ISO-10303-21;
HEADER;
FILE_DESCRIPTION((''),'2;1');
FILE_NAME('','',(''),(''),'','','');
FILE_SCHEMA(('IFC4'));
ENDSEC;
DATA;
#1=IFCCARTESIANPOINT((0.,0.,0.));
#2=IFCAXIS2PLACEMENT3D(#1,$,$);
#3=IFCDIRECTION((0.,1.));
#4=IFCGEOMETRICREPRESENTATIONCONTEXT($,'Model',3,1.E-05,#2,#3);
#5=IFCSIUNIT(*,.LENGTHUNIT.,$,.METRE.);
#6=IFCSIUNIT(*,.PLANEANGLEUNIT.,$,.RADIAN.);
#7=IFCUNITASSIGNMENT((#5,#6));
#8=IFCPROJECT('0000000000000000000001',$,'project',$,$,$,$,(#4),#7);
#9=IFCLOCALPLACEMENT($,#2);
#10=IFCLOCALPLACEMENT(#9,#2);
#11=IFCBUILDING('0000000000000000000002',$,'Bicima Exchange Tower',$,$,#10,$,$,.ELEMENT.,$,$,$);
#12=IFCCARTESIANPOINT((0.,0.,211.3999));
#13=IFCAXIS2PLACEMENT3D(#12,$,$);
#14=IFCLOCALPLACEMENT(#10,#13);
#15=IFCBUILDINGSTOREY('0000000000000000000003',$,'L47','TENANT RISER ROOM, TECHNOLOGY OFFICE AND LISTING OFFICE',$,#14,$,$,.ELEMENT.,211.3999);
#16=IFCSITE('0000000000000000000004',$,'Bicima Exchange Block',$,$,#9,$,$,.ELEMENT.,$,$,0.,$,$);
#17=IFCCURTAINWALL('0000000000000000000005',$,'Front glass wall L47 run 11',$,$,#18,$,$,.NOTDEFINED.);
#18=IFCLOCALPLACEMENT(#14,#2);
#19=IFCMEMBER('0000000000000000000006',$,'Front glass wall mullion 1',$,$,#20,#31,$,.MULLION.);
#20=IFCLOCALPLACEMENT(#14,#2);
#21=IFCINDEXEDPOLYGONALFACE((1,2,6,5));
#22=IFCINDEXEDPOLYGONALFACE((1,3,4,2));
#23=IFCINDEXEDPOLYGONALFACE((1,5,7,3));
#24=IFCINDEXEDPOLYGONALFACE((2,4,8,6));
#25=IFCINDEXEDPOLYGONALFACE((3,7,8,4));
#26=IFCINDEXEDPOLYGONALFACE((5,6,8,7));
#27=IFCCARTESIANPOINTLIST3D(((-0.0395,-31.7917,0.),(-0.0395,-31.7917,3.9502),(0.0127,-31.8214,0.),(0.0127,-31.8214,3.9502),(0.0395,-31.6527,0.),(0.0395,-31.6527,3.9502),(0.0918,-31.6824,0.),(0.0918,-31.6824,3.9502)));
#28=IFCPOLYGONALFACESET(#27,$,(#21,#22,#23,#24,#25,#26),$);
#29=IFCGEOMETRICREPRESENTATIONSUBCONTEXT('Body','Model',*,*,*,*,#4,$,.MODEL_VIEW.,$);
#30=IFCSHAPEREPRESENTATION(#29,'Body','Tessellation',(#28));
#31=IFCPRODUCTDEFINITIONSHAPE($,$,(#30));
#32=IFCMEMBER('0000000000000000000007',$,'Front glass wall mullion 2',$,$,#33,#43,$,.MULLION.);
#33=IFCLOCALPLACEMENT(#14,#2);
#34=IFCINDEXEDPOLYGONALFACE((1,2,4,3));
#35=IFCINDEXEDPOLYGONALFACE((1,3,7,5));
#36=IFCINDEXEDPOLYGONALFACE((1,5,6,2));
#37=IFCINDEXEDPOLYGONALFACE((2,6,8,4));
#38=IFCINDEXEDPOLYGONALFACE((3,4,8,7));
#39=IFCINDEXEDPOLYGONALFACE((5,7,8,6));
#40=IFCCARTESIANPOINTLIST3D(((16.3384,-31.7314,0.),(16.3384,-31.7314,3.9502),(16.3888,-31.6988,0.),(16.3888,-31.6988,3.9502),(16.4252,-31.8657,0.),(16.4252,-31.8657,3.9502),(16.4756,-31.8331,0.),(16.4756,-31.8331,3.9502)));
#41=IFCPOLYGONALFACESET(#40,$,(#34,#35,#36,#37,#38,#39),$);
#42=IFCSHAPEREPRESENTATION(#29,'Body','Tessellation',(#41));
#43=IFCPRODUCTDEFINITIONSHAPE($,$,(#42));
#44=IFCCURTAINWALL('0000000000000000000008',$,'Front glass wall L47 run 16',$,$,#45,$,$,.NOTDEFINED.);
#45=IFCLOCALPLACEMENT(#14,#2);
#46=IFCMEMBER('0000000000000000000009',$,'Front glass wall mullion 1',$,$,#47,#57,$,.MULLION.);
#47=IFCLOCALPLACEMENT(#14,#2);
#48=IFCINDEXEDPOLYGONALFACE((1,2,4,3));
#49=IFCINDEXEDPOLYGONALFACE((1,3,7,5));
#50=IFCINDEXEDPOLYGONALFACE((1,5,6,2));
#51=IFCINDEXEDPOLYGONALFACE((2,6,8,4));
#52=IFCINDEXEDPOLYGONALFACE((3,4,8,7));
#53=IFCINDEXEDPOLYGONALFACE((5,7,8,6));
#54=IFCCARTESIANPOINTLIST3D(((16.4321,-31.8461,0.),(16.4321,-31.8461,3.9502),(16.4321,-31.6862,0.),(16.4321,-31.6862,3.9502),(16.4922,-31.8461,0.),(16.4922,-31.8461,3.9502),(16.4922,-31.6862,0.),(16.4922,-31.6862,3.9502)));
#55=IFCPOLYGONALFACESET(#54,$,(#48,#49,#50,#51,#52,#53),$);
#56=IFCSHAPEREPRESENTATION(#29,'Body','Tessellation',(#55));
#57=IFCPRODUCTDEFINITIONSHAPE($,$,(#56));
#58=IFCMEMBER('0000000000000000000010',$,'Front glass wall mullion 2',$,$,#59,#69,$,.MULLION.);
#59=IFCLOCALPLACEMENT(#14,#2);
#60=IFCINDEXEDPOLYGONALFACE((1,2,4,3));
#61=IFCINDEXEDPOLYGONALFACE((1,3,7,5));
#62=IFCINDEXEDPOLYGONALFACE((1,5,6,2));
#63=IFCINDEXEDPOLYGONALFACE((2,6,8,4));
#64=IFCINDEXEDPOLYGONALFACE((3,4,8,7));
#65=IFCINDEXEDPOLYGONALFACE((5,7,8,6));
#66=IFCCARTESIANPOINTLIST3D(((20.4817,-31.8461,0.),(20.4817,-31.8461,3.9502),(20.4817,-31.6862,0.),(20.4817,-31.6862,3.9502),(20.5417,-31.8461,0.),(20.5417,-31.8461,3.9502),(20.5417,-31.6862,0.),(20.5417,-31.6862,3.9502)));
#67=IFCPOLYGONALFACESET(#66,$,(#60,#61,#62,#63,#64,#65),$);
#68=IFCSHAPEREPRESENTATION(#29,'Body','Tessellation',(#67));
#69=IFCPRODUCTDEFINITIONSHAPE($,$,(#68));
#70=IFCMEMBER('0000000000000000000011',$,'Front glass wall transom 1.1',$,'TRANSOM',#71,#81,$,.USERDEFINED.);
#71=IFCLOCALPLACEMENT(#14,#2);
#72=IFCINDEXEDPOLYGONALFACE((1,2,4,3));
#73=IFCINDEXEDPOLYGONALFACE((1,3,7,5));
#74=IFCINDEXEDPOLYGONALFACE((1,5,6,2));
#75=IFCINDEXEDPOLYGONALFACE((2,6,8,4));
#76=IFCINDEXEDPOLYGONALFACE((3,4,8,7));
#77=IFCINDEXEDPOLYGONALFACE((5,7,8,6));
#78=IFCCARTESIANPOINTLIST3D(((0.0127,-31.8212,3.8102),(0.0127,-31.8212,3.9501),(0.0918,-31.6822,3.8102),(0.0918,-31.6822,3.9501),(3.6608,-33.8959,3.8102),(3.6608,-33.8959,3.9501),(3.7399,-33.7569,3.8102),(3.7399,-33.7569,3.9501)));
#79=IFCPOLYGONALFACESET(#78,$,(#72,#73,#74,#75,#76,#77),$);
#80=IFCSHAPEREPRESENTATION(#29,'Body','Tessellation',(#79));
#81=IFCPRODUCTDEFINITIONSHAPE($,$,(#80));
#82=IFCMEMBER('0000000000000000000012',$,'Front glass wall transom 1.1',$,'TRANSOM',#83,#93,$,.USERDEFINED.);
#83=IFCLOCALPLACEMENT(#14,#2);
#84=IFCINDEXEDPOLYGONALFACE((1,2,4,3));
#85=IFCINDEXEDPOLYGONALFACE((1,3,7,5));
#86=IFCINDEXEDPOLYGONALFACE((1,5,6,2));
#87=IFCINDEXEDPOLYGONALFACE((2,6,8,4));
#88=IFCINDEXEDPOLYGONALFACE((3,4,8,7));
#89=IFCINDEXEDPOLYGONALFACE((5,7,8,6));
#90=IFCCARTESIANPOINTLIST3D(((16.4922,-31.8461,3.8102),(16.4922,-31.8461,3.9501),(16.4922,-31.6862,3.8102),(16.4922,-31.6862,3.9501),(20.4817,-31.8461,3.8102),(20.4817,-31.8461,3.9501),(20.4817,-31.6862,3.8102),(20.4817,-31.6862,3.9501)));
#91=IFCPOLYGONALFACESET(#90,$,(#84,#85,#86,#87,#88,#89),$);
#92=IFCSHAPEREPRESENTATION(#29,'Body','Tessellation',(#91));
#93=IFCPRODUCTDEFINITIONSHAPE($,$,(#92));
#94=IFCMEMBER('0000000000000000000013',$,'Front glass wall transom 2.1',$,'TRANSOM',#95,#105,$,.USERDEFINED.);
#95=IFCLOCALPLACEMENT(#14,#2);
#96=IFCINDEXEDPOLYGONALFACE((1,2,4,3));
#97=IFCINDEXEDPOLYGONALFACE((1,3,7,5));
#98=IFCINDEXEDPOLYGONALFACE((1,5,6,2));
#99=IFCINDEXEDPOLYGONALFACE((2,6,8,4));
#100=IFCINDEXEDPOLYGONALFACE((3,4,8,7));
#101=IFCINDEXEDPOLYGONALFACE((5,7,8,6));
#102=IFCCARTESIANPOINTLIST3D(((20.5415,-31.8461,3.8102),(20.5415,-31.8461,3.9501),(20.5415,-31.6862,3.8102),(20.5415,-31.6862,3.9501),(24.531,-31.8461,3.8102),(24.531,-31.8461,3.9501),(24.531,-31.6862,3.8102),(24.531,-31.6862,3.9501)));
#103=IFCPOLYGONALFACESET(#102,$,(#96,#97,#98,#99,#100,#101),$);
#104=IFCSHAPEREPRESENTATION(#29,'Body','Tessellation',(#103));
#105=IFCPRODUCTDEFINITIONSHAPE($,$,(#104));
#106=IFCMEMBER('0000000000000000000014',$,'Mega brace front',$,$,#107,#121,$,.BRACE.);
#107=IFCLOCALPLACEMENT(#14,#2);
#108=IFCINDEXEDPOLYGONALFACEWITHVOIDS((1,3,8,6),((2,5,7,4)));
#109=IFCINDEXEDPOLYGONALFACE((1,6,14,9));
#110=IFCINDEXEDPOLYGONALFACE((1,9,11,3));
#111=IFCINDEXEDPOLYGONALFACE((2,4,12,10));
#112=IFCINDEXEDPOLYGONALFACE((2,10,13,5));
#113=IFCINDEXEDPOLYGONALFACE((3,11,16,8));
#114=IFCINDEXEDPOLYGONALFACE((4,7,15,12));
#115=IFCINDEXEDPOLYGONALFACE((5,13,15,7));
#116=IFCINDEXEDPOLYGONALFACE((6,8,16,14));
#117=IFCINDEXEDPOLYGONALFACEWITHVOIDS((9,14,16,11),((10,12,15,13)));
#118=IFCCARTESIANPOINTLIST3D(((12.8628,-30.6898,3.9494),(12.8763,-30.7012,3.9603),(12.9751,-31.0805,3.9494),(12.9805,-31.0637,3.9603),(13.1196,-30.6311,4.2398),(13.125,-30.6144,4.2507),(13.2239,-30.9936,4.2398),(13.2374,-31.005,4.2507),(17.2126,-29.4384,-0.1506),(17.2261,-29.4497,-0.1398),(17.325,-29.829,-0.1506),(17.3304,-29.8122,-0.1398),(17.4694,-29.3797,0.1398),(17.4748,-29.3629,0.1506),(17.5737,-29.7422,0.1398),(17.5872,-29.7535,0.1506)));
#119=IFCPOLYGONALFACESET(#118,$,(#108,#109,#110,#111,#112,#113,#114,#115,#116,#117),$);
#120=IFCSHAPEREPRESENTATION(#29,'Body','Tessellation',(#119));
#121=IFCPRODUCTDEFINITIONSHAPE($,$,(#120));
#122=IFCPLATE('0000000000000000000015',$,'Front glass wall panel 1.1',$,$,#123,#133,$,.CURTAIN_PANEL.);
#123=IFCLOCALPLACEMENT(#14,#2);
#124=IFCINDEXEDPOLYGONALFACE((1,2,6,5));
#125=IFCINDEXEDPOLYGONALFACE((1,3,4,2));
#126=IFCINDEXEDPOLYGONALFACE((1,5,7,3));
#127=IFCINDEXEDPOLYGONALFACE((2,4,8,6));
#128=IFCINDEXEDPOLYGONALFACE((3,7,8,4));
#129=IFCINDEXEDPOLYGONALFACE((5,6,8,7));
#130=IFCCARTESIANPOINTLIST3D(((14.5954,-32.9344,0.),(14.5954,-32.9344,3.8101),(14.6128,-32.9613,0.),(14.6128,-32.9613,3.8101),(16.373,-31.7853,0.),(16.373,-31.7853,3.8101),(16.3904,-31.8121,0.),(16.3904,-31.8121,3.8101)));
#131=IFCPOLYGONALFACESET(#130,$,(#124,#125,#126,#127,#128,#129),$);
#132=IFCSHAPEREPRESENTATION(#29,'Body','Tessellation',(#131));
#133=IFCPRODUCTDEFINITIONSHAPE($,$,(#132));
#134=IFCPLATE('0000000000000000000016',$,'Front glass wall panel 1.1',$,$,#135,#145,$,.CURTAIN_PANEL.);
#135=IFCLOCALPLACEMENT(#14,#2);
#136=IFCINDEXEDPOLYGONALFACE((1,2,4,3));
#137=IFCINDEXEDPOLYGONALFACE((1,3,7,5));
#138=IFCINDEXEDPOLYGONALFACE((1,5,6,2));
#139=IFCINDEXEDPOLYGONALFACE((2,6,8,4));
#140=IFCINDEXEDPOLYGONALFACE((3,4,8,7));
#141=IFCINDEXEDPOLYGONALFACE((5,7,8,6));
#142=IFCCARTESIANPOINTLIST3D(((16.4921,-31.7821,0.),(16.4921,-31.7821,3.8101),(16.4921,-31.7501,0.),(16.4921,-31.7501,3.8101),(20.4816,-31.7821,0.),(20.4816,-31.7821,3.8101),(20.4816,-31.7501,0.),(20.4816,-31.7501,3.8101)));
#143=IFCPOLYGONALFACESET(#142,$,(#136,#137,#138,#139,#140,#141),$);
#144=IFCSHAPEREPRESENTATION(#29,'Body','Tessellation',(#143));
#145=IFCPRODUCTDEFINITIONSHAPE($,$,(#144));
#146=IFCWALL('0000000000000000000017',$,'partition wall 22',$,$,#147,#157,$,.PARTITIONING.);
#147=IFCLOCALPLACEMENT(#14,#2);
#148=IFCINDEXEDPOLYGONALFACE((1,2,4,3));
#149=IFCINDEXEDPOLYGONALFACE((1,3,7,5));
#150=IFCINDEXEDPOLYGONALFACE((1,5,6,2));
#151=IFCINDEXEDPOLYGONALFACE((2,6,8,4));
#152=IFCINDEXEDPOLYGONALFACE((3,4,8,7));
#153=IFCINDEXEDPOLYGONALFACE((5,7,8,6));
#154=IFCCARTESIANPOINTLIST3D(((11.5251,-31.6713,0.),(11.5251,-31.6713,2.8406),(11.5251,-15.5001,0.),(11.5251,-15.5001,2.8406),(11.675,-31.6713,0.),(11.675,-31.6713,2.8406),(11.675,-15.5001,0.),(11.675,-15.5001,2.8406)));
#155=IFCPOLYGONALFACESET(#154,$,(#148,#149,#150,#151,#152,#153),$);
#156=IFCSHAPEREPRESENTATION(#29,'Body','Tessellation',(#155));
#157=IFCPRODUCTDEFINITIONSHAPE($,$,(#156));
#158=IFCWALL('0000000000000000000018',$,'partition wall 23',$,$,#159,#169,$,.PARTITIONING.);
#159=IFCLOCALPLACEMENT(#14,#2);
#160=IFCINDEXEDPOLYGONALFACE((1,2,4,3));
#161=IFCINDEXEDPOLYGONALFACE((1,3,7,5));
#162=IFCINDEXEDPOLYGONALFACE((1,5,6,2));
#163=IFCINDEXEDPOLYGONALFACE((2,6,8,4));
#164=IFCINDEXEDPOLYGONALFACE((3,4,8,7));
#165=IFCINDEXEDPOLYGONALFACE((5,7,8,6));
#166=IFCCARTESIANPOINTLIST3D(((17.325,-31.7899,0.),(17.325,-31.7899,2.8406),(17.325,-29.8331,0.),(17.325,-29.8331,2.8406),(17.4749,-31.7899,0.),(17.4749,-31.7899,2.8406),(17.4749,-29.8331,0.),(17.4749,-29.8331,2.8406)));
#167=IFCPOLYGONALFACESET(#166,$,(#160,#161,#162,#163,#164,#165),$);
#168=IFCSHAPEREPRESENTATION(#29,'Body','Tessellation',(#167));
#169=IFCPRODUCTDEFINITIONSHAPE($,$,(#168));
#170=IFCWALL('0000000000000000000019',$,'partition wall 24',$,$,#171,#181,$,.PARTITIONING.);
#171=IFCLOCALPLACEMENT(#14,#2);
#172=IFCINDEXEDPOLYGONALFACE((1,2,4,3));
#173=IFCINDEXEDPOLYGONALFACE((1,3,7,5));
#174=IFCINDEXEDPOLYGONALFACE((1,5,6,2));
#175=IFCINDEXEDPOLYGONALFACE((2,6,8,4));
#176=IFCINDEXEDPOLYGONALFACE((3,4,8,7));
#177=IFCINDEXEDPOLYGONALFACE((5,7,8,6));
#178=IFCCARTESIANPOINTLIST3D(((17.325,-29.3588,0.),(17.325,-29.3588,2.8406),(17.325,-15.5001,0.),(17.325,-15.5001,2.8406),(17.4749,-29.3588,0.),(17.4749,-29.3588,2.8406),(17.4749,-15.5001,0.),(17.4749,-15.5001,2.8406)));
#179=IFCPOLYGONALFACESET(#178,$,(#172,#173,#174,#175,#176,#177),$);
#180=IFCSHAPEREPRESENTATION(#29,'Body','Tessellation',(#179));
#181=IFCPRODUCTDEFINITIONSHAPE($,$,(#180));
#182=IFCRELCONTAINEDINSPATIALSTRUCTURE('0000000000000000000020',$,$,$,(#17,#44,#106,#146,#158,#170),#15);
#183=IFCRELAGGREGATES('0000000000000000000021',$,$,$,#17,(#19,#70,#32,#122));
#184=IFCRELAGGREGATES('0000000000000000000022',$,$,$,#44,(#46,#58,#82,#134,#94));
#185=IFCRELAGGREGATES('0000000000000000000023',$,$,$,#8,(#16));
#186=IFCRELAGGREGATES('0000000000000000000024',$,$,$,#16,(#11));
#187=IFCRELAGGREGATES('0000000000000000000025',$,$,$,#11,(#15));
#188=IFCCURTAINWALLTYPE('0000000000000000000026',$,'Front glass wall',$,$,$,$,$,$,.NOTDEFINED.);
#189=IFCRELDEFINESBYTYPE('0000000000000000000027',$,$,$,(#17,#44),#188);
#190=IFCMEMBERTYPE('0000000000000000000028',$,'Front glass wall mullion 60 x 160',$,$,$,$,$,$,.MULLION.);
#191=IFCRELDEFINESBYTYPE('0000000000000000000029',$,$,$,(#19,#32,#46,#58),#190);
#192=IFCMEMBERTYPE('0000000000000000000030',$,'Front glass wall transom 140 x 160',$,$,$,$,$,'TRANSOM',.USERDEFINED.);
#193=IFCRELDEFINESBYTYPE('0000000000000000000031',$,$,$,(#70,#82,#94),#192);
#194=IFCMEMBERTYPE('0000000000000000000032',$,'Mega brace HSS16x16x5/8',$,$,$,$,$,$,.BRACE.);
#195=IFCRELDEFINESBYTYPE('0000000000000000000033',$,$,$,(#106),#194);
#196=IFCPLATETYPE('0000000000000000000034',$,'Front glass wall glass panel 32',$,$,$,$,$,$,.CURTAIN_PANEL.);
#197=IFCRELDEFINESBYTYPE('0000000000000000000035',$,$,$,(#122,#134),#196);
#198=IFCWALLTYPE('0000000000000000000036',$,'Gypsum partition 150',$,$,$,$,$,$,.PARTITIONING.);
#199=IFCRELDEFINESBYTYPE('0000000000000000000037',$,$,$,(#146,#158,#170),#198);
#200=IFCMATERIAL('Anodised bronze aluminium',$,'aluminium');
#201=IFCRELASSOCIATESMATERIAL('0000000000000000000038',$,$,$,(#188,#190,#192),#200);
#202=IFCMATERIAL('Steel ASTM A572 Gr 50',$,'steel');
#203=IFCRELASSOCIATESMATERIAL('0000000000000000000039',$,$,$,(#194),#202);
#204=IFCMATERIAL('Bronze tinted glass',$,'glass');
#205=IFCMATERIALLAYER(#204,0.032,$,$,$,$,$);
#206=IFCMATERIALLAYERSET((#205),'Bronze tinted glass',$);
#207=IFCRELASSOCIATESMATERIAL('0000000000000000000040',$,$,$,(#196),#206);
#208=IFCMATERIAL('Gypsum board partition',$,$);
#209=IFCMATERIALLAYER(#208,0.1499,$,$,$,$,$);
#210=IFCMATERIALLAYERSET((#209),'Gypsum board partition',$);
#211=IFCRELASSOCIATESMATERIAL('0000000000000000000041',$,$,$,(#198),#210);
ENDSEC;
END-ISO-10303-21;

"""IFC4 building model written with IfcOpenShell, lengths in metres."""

from ifc_helpers import new_model, si_unit, direction, frame, frame_2d, origin, origin_2d, place, context, subcontext, project, spatial, rectangle, hollow_rectangle, extrude, material, layer, layer_set, material_profile, profile_set, type_object, element, aggregate, save


model = new_model("IFC4")

# Units and contexts
model_context = context("Model", 3, precision=1e-05, world=origin(), true_north=direction((0.0, 1.0)))
body_context = subcontext(model_context, "Body", "Model", "MODEL_VIEW")
ifc_project = project(units=[si_unit("LENGTHUNIT", "METRE"), si_unit("PLANEANGLEUNIT", "RADIAN")], contexts=[model_context])

# Site, building, storey
site_placement = place(None, origin())
site = spatial("IfcSite", under=ifc_project, at=site_placement, Name="Bicima Exchange Block", CompositionType="ELEMENT", RefElevation=0.0)
building_placement = place(site_placement, origin())
building = spatial("IfcBuilding", under=site, at=building_placement, Name="Bicima Exchange Tower", CompositionType="ELEMENT")
storey_placement = place(building_placement, frame((0.0, 0.0, 211.3999)))
storey = spatial("IfcBuildingStorey", under=building, at=storey_placement, Name="L47", Description="TENANT RISER ROOM, TECHNOLOGY OFFICE AND LISTING OFFICE", CompositionType="ELEMENT", Elevation=211.3999)

# Curtain walls, members
ifc_material_1 = material(Name="Anodised bronze aluminium", Category="aluminium")
curtain_wall_type = type_object("IfcCurtainWallType", Name="Front glass wall", PredefinedType="NOTDEFINED", material=ifc_material_1)
curtain_wall_1_placement = place(storey_placement, origin())
curtain_wall_1 = element("IfcCurtainWall", 1, at=curtain_wall_1_placement, inside=storey, type_object=curtain_wall_type, Name="Front glass wall L47 run 11", PredefinedType="NOTDEFINED")
ifc_material_profile_1 = material_profile(ifc_material_1, rectangle(XDim=0.1599, YDim=0.0601, at=origin_2d()))
ifc_profile_set_1 = profile_set([ifc_material_profile_1], Name="Anodised bronze aluminium")
member_type_1 = type_object("IfcMemberType", Name="Front glass wall mullion 60 x 160", PredefinedType="MULLION", material=ifc_profile_set_1)
member_1_placement = place(storey_placement, frame((0.0261, -31.7371, 0.0), z_axis=(0.0, 0.0, 1.0), x_axis=(0.49433, 0.869274, 0.0)))
member_1 = element("IfcMember", 2, at=member_1_placement, type_object=member_type_1, Name="Front glass wall mullion 1", PredefinedType="MULLION", context=body_context, shape_type="SweptSolid", body=[
    extrude(rectangle(XDim=0.1599, YDim=0.0601, at=origin_2d()), origin(), (0.0, 0.0, 1.0), 3.9502),
])
member_2_placement = place(storey_placement, frame((16.407, -31.7822, 0.0), z_axis=(0.0, 0.0, 1.0), x_axis=(-0.542909, 0.839791, 0.0)))
member_2 = element("IfcMember", 3, at=member_2_placement, type_object=member_type_1, Name="Front glass wall mullion 2", PredefinedType="MULLION", context=body_context, shape_type="SweptSolid", body=[
    extrude(rectangle(XDim=0.1599, YDim=0.0601, at=origin_2d()), origin(), (0.0, 0.0, 1.0), 3.9502),
])
curtain_wall_2_placement = place(storey_placement, origin())
curtain_wall_2 = element("IfcCurtainWall", 4, at=curtain_wall_2_placement, inside=storey, type_object=curtain_wall_type, Name="Front glass wall L47 run 16", PredefinedType="NOTDEFINED")
member_3_placement = place(storey_placement, frame((16.4622, -31.7661, 0.0), z_axis=(0.0, 0.0, 1.0), x_axis=(0.0, 1.0, 0.0)))
member_3 = element("IfcMember", 5, at=member_3_placement, type_object=member_type_1, Name="Front glass wall mullion 1", PredefinedType="MULLION", context=body_context, shape_type="SweptSolid", body=[
    extrude(rectangle(XDim=0.1599, YDim=0.0601, at=origin_2d()), origin(), (0.0, 0.0, 1.0), 3.9502),
])
member_4_placement = place(storey_placement, frame((20.5117, -31.7661, 0.0), z_axis=(0.0, 0.0, 1.0), x_axis=(0.0, 1.0, 0.0)))
member_4 = element("IfcMember", 6, at=member_4_placement, type_object=member_type_1, Name="Front glass wall mullion 2", PredefinedType="MULLION", context=body_context, shape_type="SweptSolid", body=[
    extrude(rectangle(XDim=0.1599, YDim=0.0601, at=origin_2d()), origin(), (0.0, 0.0, 1.0), 3.9502),
])

# Members
ifc_material_profile_2 = material_profile(ifc_material_1, rectangle(XDim=0.1599, YDim=0.1399, at=origin_2d()))
ifc_profile_set_2 = profile_set([ifc_material_profile_2], Name="Anodised bronze aluminium")
member_type_2 = type_object("IfcMemberType", Name="Front glass wall transom 140 x 160", ElementType="TRANSOM", PredefinedType="USERDEFINED", material=ifc_profile_set_2)
member_5_placement = place(storey_placement, frame((0.0522, -31.7517, 3.8801), z_axis=(0.869265, -0.494346, 0.0), x_axis=(0.494346, 0.869265, 0.0)))
member_5 = element("IfcMember", 7, at=member_5_placement, type_object=member_type_2, Name="Front glass wall transom 1.1", ObjectType="TRANSOM", PredefinedType="USERDEFINED", context=body_context, shape_type="SweptSolid", body=[
    extrude(rectangle(XDim=0.1599, YDim=0.1399, at=origin_2d()), origin(), (0.0, 0.0, 1.0), 4.1968),
])
member_6_placement = place(storey_placement, frame((16.4922, -31.7661, 3.8801), z_axis=(1.0, 0.0, 0.0), x_axis=(0.0, 1.0, 0.0)))
member_6 = element("IfcMember", 8, at=member_6_placement, type_object=member_type_2, Name="Front glass wall transom 1.1", ObjectType="TRANSOM", PredefinedType="USERDEFINED", context=body_context, shape_type="SweptSolid", body=[
    extrude(rectangle(XDim=0.1599, YDim=0.1399, at=origin_2d()), origin(), (0.0, 0.0, 1.0), 3.9895),
])
member_7_placement = place(storey_placement, frame((20.5415, -31.7661, 3.8801), z_axis=(1.0, 0.0, 0.0), x_axis=(0.0, 1.0, 0.0)))
member_7 = element("IfcMember", 9, at=member_7_placement, type_object=member_type_2, Name="Front glass wall transom 2.1", ObjectType="TRANSOM", PredefinedType="USERDEFINED", context=body_context, shape_type="SweptSolid", body=[
    extrude(rectangle(XDim=0.1599, YDim=0.1399, at=origin_2d()), origin(), (0.0, 0.0, 1.0), 3.9895),
])
ifc_material_2 = material(Name="Steel ASTM A572 Gr 50", Category="steel")
ifc_material_profile_3 = material_profile(ifc_material_2, hollow_rectangle(XDim=0.4065, YDim=0.4065, WallThickness=0.0146, at=origin_2d()))
ifc_profile_set_3 = profile_set([ifc_material_profile_3], Name="Steel ASTM A572 Gr 50")
member_type_3 = type_object("IfcMemberType", Name="Mega brace HSS16x16x5/8", PredefinedType="BRACE", material=ifc_profile_set_3)
member_8_placement = place(storey_placement, frame((17.3999, -29.5959, 0.0), z_axis=(-0.712247, -0.204915, 0.671352), x_axis=(0.276487, -0.961018, 0.0)))
element("IfcMember", 10, at=member_8_placement, inside=storey, type_object=member_type_3, Name="Mega brace front", PredefinedType="BRACE", context=body_context, shape_type="SweptSolid", body=[
    extrude(hollow_rectangle(XDim=0.4065, YDim=0.4065, WallThickness=0.0146, at=origin_2d()), origin(), (0.0, 0.0, 1.0), 6.1072),
])

# Plates
ifc_material_3 = material(Name="Bronze tinted glass", Category="glass")
ifc_layer_1 = layer(ifc_material_3, 0.032)
ifc_layer_set_1 = layer_set([ifc_layer_1], Name="Bronze tinted glass")
plate_type = type_object("IfcPlateType", Name="Front glass wall glass panel 32", PredefinedType="CURTAIN_PANEL", material=ifc_layer_set_1)
plate_1_placement = place(storey_placement, frame((15.4929, -32.3733, 0.0), z_axis=(0.0, 0.0, 1.0), x_axis=(0.839791, 0.542909, 0.0)))
plate_1 = element("IfcPlate", 11, at=plate_1_placement, type_object=plate_type, Name="Front glass wall panel 1.1", PredefinedType="CURTAIN_PANEL", context=body_context, shape_type="SweptSolid", body=[
    extrude(rectangle(XDim=2.1167, YDim=0.032, at=origin_2d()), origin(), (0.0, 0.0, 1.0), 3.8101),
])
aggregate(curtain_wall_1, [member_1, member_5, member_2, plate_1])
plate_2_placement = place(storey_placement, frame((18.4868, -31.7661, 0.0), z_axis=(0.0, 0.0, 1.0), x_axis=(1.0, 0.0, 0.0)))
plate_2 = element("IfcPlate", 12, at=plate_2_placement, type_object=plate_type, Name="Front glass wall panel 1.1", PredefinedType="CURTAIN_PANEL", context=body_context, shape_type="SweptSolid", body=[
    extrude(rectangle(XDim=3.9895, YDim=0.032, at=origin_2d()), origin(), (0.0, 0.0, 1.0), 3.8101),
])
aggregate(curtain_wall_2, [member_3, member_4, member_6, plate_2, member_7])

# Walls
ifc_material_4 = material(Name="Gypsum board partition")
ifc_layer_2 = layer(ifc_material_4, 0.1499)
ifc_layer_set_2 = layer_set([ifc_layer_2], Name="Gypsum board partition")
wall_type = type_object("IfcWallType", Name="Gypsum partition 150", PredefinedType="PARTITIONING", material=ifc_layer_set_2)
wall_1_placement = place(storey_placement, frame((11.6001, -31.6711, 0.0), z_axis=(0.0, 0.0, 1.0), x_axis=(0.0, 1.0, 0.0)))
element("IfcWall", 13, at=wall_1_placement, inside=storey, type_object=wall_type, Name="partition wall 22", PredefinedType="PARTITIONING", context=body_context, shape_type="SweptSolid", body=[
    extrude(rectangle(XDim=16.1711, YDim=0.1499, at=frame_2d((8.0854, 0.0))), origin(), (0.0, 0.0, 1.0), 2.8406),
])
wall_2_placement = place(storey_placement, frame((17.3999, -31.79, 0.0), z_axis=(0.0, 0.0, 1.0), x_axis=(0.0, 1.0, 0.0)))
element("IfcWall", 14, at=wall_2_placement, inside=storey, type_object=wall_type, Name="partition wall 23", PredefinedType="PARTITIONING", context=body_context, shape_type="SweptSolid", body=[
    extrude(rectangle(XDim=1.9568, YDim=0.1499, at=frame_2d((0.9785, 0.0))), origin(), (0.0, 0.0, 1.0), 2.8406),
])
wall_3_placement = place(storey_placement, frame((17.3999, -29.3586, 0.0), z_axis=(0.0, 0.0, 1.0), x_axis=(0.0, 1.0, 0.0)))
element("IfcWall", 15, at=wall_3_placement, inside=storey, type_object=wall_type, Name="partition wall 24", PredefinedType="PARTITIONING", context=body_context, shape_type="SweptSolid", body=[
    extrude(rectangle(XDim=13.8586, YDim=0.1499, at=frame_2d((6.9292, 0.0))), origin(), (0.0, 0.0, 1.0), 2.8406),
])

save(model, "model.ifc")
